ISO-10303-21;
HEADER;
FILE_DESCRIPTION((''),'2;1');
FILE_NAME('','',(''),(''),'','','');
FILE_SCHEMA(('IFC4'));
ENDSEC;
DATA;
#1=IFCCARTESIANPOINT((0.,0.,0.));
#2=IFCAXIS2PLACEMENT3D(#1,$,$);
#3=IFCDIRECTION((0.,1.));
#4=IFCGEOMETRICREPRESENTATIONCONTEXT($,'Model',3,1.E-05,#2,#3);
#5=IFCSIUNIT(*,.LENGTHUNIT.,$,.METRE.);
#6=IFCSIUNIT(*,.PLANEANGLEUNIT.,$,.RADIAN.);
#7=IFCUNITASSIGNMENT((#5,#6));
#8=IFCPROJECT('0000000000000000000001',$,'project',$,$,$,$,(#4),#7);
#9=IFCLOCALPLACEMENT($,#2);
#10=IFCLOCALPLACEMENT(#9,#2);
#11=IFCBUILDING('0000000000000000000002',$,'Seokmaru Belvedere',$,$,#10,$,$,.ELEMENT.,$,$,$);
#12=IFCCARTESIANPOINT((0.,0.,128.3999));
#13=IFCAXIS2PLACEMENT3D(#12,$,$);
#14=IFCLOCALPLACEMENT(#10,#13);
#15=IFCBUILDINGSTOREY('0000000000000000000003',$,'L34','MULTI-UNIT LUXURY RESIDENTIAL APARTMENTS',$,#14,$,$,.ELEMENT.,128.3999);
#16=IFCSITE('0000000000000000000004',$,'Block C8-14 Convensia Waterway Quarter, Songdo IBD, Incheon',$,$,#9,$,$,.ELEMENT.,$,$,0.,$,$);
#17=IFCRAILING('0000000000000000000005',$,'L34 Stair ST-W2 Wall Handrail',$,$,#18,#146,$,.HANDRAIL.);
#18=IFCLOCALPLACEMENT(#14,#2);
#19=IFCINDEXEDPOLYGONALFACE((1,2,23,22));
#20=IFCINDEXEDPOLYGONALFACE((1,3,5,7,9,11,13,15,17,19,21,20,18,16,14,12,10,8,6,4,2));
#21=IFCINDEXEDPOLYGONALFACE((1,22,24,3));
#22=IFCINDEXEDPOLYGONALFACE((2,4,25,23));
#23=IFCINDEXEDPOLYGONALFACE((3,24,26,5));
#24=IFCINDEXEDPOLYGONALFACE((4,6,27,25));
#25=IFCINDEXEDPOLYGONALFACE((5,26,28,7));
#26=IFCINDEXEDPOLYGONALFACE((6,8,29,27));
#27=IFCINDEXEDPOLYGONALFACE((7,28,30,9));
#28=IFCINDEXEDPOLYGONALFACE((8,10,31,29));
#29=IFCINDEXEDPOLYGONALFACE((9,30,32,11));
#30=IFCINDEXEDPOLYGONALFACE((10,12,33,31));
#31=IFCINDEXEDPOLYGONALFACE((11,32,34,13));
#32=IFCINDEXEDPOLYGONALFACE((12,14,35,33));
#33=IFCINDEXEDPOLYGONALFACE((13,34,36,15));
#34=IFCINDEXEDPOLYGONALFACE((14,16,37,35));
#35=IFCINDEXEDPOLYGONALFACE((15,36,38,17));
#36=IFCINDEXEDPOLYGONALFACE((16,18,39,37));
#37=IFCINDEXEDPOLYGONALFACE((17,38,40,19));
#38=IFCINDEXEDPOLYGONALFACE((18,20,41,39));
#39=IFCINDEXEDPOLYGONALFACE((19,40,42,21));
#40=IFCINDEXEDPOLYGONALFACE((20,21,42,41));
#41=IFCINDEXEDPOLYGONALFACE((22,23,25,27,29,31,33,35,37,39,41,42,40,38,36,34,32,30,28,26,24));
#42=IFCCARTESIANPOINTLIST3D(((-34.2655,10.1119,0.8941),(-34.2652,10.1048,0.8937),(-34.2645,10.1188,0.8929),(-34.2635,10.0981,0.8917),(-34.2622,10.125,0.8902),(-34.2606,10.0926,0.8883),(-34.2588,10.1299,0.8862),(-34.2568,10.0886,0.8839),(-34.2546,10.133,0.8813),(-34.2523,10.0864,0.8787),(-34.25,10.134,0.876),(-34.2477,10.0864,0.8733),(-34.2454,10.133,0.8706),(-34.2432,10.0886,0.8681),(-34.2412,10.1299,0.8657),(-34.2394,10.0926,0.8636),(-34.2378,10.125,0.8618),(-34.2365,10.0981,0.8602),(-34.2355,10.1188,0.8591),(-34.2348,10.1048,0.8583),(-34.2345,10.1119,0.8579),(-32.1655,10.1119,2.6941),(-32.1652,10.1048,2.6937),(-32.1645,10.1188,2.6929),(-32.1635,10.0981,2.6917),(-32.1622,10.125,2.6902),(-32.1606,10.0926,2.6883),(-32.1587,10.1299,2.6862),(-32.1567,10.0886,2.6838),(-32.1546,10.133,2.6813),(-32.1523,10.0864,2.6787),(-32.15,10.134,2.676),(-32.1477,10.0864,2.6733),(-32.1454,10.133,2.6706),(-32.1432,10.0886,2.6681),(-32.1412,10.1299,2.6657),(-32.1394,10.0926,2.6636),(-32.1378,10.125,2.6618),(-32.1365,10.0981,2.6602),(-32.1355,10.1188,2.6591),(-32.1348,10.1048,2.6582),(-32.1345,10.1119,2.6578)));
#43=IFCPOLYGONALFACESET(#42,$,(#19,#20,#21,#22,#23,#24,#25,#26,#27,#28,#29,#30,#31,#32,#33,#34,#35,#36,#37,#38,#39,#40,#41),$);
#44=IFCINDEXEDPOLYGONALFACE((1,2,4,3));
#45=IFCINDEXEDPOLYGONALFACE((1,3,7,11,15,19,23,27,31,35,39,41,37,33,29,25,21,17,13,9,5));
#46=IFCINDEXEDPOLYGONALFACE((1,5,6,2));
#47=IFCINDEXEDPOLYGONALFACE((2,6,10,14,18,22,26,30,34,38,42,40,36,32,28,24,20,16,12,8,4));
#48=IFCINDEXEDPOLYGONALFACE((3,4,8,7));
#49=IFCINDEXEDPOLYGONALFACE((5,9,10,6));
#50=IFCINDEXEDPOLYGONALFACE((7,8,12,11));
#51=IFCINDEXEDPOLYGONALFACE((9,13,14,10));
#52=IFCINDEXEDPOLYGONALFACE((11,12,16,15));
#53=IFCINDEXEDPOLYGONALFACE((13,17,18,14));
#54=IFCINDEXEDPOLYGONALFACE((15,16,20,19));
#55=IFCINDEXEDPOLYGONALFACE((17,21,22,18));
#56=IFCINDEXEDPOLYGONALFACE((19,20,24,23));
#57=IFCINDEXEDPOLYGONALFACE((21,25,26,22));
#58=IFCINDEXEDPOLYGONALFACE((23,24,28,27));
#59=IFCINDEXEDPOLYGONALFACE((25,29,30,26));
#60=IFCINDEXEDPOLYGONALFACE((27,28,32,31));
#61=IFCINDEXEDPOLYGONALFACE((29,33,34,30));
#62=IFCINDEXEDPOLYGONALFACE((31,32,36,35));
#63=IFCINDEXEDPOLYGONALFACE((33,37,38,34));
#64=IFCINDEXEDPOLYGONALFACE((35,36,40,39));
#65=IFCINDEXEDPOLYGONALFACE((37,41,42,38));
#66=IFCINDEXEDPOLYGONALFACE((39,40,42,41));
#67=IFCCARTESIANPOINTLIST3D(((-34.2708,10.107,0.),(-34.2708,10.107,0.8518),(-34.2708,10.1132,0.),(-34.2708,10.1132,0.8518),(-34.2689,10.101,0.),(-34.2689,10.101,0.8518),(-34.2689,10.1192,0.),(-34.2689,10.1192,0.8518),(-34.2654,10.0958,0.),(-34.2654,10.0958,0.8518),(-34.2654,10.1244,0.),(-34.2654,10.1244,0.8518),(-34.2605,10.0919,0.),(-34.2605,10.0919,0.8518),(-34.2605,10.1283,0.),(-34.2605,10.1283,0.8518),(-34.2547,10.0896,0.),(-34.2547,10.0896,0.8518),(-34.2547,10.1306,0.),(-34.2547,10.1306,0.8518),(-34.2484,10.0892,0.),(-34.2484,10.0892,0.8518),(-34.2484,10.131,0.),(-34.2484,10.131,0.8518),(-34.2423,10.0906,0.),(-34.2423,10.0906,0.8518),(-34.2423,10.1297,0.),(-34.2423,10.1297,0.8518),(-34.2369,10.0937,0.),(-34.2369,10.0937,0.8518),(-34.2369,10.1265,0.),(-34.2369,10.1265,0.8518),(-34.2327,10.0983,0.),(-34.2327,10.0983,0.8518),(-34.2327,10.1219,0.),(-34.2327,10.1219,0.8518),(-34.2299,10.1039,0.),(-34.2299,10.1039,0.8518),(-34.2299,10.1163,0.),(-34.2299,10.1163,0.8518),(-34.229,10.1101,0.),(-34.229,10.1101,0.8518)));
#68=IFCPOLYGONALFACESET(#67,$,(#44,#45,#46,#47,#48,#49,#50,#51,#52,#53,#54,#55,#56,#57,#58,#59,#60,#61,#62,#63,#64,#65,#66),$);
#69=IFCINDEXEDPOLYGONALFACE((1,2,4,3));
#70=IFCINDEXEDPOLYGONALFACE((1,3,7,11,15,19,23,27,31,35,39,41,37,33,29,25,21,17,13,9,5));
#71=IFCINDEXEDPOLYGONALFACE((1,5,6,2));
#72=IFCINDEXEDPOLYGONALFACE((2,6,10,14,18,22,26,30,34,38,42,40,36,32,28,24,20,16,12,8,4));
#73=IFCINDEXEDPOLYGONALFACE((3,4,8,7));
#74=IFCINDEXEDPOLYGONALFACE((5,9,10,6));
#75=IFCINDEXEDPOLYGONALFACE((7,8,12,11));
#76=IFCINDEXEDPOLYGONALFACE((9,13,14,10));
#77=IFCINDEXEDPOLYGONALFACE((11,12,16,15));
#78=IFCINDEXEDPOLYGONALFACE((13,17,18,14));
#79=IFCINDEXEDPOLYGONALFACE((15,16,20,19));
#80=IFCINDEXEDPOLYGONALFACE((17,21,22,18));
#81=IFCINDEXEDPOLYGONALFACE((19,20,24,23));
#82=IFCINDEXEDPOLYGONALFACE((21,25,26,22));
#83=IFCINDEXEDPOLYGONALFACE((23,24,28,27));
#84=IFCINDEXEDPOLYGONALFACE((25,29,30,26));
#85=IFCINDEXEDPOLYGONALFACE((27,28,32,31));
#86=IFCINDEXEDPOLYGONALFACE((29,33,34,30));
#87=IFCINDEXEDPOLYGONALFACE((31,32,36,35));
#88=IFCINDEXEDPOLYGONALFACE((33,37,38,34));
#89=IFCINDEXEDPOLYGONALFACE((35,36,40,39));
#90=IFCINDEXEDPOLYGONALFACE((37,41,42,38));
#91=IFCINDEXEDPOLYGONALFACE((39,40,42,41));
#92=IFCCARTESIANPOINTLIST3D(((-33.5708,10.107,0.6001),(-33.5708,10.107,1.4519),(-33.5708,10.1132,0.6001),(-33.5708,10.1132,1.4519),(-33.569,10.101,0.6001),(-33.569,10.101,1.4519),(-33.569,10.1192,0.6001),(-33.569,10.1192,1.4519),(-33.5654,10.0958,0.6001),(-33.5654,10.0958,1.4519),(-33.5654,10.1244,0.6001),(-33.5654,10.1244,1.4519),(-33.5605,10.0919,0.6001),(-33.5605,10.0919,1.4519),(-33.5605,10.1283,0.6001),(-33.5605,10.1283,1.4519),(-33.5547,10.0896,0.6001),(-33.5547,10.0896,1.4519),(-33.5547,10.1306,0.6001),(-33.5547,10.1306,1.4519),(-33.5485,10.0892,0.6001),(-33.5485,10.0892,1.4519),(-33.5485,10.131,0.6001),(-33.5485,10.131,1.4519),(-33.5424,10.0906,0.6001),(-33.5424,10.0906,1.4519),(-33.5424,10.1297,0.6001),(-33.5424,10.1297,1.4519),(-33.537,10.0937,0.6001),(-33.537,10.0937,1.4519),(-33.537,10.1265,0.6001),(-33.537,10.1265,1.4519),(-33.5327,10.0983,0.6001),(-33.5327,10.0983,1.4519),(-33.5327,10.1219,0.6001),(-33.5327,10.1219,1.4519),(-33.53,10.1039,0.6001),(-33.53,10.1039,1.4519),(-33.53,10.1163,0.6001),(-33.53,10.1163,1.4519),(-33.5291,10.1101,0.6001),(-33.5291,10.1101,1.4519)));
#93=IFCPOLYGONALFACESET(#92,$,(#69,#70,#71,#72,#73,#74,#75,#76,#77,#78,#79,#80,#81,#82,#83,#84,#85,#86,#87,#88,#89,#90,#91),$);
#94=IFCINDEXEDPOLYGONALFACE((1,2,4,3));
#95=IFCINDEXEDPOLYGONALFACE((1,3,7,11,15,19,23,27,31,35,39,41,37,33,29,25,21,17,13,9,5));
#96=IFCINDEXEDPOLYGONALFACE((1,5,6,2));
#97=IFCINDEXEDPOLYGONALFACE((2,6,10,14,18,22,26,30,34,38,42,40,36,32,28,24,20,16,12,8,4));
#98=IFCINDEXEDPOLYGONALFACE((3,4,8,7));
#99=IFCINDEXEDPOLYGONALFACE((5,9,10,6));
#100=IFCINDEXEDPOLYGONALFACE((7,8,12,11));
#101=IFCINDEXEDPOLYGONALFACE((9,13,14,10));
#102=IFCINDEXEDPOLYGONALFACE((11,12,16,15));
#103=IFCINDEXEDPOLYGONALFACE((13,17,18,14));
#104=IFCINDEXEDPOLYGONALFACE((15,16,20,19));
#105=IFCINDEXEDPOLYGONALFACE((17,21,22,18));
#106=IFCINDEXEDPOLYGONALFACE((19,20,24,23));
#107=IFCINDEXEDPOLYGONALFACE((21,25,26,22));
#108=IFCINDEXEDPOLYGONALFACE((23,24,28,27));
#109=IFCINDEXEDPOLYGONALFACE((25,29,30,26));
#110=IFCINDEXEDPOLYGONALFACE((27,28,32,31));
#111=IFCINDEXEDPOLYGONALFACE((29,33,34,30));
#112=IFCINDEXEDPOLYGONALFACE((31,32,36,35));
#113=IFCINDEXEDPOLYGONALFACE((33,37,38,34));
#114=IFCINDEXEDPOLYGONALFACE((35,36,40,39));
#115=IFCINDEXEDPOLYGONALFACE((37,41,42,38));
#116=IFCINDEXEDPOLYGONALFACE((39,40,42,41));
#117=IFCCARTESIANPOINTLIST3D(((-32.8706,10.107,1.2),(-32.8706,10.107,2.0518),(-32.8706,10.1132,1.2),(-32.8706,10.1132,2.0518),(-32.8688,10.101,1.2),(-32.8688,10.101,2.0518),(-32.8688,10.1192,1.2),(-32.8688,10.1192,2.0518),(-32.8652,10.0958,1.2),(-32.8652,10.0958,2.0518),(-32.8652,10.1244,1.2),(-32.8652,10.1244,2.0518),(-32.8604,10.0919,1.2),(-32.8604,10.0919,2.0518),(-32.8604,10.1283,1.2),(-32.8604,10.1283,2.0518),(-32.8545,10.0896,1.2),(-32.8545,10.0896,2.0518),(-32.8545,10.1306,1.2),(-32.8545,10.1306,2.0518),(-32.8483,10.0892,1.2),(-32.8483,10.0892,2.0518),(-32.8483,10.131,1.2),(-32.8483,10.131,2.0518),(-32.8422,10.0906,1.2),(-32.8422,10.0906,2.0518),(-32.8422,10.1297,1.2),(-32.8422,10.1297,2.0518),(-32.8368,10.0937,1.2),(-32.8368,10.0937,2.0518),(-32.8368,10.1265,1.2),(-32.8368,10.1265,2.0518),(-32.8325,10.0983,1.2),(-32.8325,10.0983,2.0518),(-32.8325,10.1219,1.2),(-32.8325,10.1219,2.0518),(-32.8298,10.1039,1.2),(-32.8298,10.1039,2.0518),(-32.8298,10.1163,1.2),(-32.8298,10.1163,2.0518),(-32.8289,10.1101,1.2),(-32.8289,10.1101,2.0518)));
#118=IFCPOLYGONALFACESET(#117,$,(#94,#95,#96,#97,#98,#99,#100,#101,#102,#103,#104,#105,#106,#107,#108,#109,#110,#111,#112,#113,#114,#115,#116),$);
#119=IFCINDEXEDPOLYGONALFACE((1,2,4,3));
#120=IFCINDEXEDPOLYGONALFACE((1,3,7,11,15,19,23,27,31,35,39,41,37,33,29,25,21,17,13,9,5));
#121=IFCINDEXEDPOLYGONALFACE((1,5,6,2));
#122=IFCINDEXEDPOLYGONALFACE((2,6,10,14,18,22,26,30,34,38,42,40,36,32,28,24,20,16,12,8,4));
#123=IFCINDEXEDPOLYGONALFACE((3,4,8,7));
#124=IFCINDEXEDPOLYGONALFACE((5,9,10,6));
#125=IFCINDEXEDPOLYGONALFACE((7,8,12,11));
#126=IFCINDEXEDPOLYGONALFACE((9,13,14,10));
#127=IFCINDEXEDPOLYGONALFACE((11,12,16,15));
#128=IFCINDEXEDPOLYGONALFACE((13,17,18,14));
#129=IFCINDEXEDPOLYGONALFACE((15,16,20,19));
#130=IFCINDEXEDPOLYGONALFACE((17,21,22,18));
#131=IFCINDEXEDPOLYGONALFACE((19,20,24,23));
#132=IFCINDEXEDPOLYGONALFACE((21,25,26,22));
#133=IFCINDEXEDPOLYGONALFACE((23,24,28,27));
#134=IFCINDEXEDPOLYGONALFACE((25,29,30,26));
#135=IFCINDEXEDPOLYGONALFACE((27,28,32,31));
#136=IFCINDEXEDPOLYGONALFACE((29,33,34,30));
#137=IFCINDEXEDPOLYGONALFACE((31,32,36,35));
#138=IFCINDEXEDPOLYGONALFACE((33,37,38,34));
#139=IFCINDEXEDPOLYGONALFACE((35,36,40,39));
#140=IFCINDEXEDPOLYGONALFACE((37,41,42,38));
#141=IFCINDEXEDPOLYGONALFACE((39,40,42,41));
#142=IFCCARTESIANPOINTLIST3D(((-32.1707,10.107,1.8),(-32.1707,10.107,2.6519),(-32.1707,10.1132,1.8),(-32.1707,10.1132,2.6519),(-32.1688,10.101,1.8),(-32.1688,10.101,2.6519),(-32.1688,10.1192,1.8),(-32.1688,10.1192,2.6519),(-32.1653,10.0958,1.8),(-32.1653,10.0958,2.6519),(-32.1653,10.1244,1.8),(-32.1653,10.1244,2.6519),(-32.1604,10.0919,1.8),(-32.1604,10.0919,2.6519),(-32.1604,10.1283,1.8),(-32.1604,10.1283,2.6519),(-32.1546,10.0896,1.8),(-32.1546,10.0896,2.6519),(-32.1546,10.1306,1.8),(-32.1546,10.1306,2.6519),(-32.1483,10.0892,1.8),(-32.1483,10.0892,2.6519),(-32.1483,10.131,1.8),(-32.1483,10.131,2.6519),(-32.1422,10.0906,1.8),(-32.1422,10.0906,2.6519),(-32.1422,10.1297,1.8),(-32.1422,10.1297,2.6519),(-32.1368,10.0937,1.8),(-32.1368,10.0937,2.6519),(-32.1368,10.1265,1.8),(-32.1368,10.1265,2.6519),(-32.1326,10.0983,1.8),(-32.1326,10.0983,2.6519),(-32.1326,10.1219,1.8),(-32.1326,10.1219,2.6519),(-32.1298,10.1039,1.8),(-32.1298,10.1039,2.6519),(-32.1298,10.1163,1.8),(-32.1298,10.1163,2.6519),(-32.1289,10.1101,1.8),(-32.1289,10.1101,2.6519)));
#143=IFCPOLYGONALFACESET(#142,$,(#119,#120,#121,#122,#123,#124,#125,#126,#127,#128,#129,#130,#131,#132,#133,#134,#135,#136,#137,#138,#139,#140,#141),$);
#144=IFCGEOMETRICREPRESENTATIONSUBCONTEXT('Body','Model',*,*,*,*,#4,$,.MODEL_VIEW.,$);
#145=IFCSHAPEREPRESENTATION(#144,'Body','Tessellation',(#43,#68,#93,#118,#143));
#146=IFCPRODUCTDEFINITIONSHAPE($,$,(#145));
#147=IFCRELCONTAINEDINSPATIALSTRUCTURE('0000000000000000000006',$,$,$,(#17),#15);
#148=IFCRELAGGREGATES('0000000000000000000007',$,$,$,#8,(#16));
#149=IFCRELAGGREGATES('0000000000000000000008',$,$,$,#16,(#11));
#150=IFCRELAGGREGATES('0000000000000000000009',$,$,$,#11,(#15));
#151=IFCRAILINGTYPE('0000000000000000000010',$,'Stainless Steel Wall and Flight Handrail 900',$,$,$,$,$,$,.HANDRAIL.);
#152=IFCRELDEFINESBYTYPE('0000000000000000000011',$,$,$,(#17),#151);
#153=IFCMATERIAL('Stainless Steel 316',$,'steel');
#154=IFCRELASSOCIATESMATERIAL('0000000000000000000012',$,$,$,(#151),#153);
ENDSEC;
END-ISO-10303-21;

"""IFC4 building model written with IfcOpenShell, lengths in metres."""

from ifc_helpers import new_model, si_unit, direction, frame, origin, origin_2d, place, context, subcontext, project, spatial, circle, extrude, material, type_object, element, save


model = new_model("IFC4")

# Units and contexts
model_context = context("Model", 3, precision=1e-05, world=origin(), true_north=direction((0.0, 1.0)))
body_context = subcontext(model_context, "Body", "Model", "MODEL_VIEW")
ifc_project = project(units=[si_unit("LENGTHUNIT", "METRE"), si_unit("PLANEANGLEUNIT", "RADIAN")], contexts=[model_context])

# Site, building, storey
site_placement = place(None, origin())
site = spatial("IfcSite", under=ifc_project, at=site_placement, Name="Block C8-14 Convensia Waterway Quarter, Songdo IBD, Incheon", CompositionType="ELEMENT", RefElevation=0.0)
building_placement = place(site_placement, origin())
building = spatial("IfcBuilding", under=site, at=building_placement, Name="Seokmaru Belvedere", CompositionType="ELEMENT")
storey_placement = place(building_placement, frame((0.0, 0.0, 128.3999)))
storey = spatial("IfcBuildingStorey", under=building, at=storey_placement, Name="L34", Description="MULTI-UNIT LUXURY RESIDENTIAL APARTMENTS", CompositionType="ELEMENT", Elevation=128.3999)

# Railing
ifc_material_1 = material(Name="Stainless Steel 316", Category="steel")
railing_type_1 = type_object("IfcRailingType", Name="Stainless Steel Wall and Flight Handrail 900", PredefinedType="HANDRAIL", material=ifc_material_1)
railing_1_placement = place(storey_placement, frame((-34.25, 10.1101, 0.0)))
element("IfcRailing", 1, at=railing_1_placement, inside=storey, type_object=railing_type_1, Name="L34 Stair ST-W2 Wall Handrail", PredefinedType="HANDRAIL", context=body_context, shape_type="SweptSolid", body=[
    extrude(circle(Radius=0.0239, at=origin_2d()), frame((0.0, 0.0, 0.876), z_axis=(0.759263, 0.0, 0.650784), x_axis=(0.0, 1.0, 0.0)), (0.0, 0.0, 1.0), 2.7659),
    extrude(circle(Radius=0.021, at=origin_2d()), origin(), (0.0, 0.0, 1.0), 0.8518),
    extrude(circle(Radius=0.021, at=origin_2d()), frame((0.7, 0.0, 0.6001)), (0.0, 0.0, 1.0), 0.8518),
    extrude(circle(Radius=0.021, at=origin_2d()), frame((1.4001, 0.0, 1.2)), (0.0, 0.0, 1.0), 0.8518),
    extrude(circle(Radius=0.021, at=origin_2d()), frame((2.1001, 0.0, 1.8)), (0.0, 0.0, 1.0), 0.8518),
])

save(model, "model.ifc")
